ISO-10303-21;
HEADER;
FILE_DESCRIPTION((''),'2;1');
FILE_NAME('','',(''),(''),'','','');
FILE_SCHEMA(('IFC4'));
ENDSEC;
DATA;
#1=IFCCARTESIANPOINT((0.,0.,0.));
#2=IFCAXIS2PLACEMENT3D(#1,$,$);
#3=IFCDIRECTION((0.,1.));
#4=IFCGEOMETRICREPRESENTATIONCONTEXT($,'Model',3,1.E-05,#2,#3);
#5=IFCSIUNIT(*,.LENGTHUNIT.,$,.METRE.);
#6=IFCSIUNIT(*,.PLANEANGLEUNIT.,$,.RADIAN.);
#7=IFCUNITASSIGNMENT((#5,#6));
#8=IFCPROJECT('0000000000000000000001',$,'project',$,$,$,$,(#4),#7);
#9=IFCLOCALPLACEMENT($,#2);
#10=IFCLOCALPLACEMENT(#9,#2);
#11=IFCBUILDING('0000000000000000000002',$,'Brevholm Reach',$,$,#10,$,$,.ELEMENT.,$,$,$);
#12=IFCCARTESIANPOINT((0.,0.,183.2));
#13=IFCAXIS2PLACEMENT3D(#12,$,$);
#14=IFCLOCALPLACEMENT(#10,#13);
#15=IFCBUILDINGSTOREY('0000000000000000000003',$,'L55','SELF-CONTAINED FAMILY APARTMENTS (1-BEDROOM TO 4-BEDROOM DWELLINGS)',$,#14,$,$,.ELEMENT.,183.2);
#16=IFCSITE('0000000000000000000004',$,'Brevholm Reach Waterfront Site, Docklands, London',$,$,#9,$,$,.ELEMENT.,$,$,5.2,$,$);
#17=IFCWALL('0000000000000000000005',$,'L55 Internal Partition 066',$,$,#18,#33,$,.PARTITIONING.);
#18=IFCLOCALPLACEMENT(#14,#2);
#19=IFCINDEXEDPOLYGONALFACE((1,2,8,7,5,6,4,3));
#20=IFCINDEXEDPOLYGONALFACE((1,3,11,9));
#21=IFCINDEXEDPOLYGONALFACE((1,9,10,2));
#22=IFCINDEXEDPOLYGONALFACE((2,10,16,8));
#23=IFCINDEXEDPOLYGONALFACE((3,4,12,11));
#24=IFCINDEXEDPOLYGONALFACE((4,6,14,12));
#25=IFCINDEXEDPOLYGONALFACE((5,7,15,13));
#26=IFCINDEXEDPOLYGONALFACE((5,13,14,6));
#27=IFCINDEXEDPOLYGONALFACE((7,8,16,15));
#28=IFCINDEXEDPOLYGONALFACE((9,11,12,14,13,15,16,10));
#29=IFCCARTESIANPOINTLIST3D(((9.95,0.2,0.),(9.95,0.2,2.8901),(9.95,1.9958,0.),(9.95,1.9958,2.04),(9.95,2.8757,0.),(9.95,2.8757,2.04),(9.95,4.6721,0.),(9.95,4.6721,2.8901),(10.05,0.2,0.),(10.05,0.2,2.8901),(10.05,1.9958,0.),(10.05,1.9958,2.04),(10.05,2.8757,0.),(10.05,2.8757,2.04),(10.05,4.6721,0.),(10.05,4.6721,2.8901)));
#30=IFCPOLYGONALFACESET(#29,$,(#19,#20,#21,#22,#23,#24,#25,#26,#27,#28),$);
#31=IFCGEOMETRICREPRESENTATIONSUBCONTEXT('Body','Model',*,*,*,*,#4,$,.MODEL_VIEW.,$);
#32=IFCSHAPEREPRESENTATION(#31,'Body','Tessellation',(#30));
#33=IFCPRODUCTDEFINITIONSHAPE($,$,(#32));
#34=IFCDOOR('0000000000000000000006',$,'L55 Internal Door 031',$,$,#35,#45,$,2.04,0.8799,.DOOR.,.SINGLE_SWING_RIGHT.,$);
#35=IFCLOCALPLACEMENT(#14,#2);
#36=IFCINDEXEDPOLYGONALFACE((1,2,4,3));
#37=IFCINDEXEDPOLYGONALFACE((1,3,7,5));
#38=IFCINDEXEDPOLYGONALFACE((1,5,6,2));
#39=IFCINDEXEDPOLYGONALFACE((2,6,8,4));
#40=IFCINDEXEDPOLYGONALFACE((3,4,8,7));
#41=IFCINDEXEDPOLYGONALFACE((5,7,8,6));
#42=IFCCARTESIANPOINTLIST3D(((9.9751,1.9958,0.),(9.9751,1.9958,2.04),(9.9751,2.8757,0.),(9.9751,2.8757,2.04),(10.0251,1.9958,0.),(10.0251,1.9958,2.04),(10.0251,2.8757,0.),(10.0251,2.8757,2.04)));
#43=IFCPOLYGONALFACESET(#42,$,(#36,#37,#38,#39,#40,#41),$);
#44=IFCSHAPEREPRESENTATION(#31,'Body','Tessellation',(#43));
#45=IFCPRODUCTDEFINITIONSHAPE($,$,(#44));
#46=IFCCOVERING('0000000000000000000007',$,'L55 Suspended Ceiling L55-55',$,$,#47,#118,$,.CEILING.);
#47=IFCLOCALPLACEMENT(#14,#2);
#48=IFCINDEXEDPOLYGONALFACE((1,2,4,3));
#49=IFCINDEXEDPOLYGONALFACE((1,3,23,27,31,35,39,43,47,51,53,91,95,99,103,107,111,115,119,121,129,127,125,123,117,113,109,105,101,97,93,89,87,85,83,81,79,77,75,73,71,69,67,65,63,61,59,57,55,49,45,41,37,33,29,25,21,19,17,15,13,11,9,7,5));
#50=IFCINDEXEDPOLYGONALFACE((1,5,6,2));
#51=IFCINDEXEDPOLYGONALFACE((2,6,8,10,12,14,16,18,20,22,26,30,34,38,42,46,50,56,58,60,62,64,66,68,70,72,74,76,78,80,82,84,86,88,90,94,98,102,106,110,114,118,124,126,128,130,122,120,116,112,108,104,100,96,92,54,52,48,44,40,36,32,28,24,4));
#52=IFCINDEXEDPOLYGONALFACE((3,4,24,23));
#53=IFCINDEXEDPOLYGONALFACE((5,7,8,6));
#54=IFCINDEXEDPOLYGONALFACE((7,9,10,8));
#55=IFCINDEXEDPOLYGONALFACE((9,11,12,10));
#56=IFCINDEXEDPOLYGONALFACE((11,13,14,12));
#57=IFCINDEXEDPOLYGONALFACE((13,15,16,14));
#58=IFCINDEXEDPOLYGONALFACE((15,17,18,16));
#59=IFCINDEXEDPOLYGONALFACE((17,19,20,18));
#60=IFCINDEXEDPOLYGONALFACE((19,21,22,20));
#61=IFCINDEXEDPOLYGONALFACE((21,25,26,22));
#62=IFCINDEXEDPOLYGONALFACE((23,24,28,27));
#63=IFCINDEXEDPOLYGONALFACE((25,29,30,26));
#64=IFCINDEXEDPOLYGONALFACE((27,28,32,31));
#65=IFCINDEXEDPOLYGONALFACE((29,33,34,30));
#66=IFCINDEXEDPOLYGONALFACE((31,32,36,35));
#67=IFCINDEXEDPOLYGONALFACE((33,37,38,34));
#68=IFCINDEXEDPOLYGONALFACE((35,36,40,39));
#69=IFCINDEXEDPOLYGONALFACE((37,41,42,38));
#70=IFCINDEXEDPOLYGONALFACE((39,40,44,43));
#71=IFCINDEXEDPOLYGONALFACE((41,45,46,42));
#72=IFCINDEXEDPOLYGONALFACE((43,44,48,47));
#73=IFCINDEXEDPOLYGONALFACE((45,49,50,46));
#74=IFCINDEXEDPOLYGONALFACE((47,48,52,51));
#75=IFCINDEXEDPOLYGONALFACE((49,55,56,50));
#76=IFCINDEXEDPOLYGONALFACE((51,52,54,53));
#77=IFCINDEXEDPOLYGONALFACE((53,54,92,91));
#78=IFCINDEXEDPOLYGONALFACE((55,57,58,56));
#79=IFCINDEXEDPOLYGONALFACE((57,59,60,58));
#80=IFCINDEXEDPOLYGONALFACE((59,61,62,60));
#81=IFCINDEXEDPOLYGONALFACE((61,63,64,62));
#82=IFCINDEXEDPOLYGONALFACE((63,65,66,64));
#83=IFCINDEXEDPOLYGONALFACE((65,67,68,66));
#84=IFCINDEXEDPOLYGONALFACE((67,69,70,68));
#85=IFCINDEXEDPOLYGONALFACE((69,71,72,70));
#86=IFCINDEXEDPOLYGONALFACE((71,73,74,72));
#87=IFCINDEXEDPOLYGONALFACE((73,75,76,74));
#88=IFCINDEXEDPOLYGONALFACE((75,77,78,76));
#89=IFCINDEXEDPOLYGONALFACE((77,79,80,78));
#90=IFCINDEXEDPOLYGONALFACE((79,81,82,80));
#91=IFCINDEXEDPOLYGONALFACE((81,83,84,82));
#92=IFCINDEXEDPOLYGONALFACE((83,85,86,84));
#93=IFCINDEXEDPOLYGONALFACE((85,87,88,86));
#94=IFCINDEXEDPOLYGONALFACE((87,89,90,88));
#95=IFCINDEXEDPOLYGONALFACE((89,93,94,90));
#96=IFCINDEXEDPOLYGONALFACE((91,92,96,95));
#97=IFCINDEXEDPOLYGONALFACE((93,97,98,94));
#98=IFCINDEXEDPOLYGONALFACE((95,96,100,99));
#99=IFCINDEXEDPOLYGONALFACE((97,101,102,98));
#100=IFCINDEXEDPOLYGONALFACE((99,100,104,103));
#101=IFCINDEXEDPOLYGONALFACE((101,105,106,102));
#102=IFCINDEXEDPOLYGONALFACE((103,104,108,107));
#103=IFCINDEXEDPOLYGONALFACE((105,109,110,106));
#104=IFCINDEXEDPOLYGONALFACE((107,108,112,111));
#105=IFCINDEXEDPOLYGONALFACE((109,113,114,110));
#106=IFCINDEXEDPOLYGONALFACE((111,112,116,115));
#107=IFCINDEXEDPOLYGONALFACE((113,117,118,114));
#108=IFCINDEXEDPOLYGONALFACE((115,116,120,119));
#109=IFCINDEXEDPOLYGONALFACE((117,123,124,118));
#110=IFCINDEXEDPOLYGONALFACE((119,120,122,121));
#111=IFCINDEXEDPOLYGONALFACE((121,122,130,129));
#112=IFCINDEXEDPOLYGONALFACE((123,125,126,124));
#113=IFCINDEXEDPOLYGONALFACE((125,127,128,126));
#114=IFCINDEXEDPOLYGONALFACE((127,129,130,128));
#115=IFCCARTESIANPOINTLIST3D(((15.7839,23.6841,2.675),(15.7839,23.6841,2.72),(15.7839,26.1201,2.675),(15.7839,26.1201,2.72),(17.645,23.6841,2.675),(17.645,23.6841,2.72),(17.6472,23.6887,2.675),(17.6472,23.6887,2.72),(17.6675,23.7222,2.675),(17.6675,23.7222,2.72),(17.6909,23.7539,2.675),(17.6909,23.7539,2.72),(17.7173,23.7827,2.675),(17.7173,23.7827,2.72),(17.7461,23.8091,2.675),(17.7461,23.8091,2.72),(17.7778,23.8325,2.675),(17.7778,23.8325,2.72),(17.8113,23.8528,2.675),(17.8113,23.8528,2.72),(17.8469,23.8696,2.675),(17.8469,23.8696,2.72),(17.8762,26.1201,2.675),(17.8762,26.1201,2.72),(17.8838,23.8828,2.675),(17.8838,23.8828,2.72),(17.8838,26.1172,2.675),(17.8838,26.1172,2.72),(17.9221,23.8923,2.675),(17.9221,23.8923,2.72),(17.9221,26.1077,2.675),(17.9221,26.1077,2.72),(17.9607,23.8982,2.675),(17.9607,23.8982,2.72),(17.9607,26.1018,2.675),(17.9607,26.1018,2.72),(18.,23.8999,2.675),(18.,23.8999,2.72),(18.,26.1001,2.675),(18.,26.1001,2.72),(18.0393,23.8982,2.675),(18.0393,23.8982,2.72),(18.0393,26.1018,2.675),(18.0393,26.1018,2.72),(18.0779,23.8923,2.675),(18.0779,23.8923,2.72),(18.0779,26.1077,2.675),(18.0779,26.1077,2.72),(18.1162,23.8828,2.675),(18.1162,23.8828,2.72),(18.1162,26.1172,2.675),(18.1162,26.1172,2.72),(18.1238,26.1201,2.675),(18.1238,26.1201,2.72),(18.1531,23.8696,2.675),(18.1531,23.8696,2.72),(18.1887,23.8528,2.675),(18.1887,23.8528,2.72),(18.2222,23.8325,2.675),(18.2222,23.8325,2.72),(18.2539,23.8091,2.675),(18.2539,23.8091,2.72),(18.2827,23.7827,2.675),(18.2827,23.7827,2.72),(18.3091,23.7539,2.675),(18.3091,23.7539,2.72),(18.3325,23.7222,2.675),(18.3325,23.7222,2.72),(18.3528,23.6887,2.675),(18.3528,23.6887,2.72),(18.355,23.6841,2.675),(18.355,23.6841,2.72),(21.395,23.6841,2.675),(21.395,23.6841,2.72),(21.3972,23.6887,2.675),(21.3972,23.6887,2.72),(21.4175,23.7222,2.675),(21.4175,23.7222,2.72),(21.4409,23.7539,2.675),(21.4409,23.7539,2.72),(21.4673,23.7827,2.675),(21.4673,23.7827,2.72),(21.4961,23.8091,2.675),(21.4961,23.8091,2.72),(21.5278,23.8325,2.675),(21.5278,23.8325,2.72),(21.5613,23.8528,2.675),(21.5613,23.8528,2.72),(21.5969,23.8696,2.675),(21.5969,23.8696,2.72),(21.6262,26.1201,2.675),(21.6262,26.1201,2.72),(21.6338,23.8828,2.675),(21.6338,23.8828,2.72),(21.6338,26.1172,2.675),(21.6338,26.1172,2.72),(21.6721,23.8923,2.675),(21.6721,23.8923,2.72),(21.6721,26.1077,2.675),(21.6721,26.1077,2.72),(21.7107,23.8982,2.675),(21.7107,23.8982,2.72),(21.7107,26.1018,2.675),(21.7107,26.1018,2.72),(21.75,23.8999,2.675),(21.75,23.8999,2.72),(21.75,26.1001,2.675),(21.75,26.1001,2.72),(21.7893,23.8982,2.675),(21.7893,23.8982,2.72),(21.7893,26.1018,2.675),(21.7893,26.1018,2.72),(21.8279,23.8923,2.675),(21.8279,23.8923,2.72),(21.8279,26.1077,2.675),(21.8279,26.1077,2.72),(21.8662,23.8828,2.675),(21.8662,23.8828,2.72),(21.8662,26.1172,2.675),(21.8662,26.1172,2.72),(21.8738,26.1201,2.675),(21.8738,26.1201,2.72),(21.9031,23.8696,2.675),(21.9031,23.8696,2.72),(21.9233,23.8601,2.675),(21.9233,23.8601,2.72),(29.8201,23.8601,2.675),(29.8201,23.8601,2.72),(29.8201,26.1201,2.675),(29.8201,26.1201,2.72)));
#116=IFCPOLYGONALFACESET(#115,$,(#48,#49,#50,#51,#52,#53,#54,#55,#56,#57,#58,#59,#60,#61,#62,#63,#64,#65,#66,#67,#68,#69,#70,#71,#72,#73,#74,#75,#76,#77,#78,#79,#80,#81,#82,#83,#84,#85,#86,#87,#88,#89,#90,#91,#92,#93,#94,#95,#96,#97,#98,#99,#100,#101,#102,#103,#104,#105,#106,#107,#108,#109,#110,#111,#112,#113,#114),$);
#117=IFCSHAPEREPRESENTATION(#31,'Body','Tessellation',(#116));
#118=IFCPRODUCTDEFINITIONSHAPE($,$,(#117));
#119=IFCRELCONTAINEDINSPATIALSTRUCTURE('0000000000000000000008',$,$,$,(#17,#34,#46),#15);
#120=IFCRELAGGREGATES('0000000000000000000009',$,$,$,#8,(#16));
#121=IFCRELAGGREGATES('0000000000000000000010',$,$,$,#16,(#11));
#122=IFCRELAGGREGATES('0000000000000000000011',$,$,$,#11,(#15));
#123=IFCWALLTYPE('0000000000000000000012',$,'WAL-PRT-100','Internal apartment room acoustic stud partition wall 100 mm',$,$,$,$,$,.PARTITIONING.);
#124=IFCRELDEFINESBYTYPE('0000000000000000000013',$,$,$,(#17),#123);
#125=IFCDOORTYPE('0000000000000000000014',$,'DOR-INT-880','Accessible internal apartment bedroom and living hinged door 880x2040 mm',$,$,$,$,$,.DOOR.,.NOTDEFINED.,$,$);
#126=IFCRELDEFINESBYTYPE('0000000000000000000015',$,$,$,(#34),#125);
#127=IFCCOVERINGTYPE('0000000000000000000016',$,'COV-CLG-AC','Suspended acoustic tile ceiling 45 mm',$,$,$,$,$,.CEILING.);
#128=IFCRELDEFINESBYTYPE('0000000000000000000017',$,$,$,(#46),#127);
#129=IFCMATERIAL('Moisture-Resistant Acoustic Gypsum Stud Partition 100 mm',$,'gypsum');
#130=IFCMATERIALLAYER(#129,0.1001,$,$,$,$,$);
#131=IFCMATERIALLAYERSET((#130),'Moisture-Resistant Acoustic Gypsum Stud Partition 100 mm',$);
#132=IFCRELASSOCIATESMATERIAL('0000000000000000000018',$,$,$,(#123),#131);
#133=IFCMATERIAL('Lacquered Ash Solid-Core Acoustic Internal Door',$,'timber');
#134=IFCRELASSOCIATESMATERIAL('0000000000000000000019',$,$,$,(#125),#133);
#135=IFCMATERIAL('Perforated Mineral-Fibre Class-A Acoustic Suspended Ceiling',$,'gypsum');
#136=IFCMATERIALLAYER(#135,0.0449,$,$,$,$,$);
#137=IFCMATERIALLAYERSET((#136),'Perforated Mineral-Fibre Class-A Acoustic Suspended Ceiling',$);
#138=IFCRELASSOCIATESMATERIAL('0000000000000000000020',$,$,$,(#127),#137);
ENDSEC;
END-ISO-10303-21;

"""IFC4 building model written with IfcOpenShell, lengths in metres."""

from ifc_helpers import new_model, si_unit, direction, frame, frame_2d, origin, place, context, subcontext, project, spatial, polyline, rectangle, outline, extrude, material, layer, layer_set, type_object, element, fill, save


model = new_model("IFC4")

# Units and contexts
model_context = context("Model", 3, precision=1e-05, world=origin(), true_north=direction((0.0, 1.0)))
body_context = subcontext(model_context, "Body", "Model", "MODEL_VIEW")
ifc_project = project(units=[si_unit("LENGTHUNIT", "METRE"), si_unit("PLANEANGLEUNIT", "RADIAN")], contexts=[model_context])

# Site, building, storey
site_placement = place(None, origin())
site = spatial("IfcSite", under=ifc_project, at=site_placement, Name="Brevholm Reach Waterfront Site, Docklands, London", CompositionType="ELEMENT", RefElevation=5.2)
building_placement = place(site_placement, origin())
building = spatial("IfcBuilding", under=site, at=building_placement, Name="Brevholm Reach", CompositionType="ELEMENT")
storey_placement = place(building_placement, frame((0.0, 0.0, 183.2)))
storey = spatial("IfcBuildingStorey", under=building, at=storey_placement, Name="L55", Description="SELF-CONTAINED FAMILY APARTMENTS (1-BEDROOM TO 4-BEDROOM DWELLINGS)", CompositionType="ELEMENT", Elevation=183.2)

# Shared definitions
ifc_material_1 = material(Name="Moisture-Resistant Acoustic Gypsum Stud Partition 100 mm", Category="gypsum")
ifc_layer_1 = layer(ifc_material_1, 0.1001)
ifc_layer_set_1 = layer_set([ifc_layer_1], Name="Moisture-Resistant Acoustic Gypsum Stud Partition 100 mm")
wall_type_1 = type_object("IfcWallType", Name="WAL-PRT-100", Description="Internal apartment room acoustic stud partition wall 100 mm", PredefinedType="PARTITIONING", material=ifc_layer_set_1)

# Wall, opening, door
wall_1_placement = place(storey_placement, frame((10.0, 0.2, 0.0), z_axis=(0.0, 0.0, 1.0), x_axis=(0.0, 1.0, 0.0)))
wall_1 = element("IfcWall", 1, at=wall_1_placement, inside=storey, type_object=wall_type_1, Name="L55 Internal Partition 066", PredefinedType="PARTITIONING", context=body_context, shape_type="SweptSolid", body=[
    extrude(rectangle(XDim=4.4722, YDim=0.1001, at=frame_2d((2.2361, 0.0))), origin(), (0.0, 0.0, 1.0), 2.8901),
])
opening_1_placement = place(wall_1_placement, frame((1.7959, 0.0, 0.0)))
opening_1 = element("IfcOpeningElement", 2, at=opening_1_placement, cuts=wall_1, PredefinedType="OPENING", context=body_context, shape_type="SweptSolid", body=[
    extrude(rectangle(XDim=0.8799, YDim=2.04, at=frame_2d((0.4399, 1.02))), frame((0.0, 0.0601, 0.0), z_axis=(0.0, -1.0, 0.0), x_axis=(1.0, 0.0, 0.0)), (0.0, 0.0, 1.0), 0.1201),
])
ifc_material_2 = material(Name="Lacquered Ash Solid-Core Acoustic Internal Door", Category="timber")
door_type_1 = type_object("IfcDoorType", Name="DOR-INT-880", Description="Accessible internal apartment bedroom and living hinged door 880x2040 mm", OperationType="NOTDEFINED", PredefinedType="DOOR", material=ifc_material_2)
door_1_placement = place(opening_1_placement, origin())
door_1 = element("IfcDoor", 3, at=door_1_placement, inside=storey, type_object=door_type_1, Name="L55 Internal Door 031", OperationType="SINGLE_SWING_RIGHT", OverallHeight=2.04, OverallWidth=0.8799, PredefinedType="DOOR", context=body_context, shape_type="SweptSolid", body=[
    extrude(rectangle(XDim=0.8799, YDim=2.04, at=frame_2d((0.4399, 1.02))), frame((0.0, 0.0249, 0.0), z_axis=(0.0, -1.0, 0.0), x_axis=(1.0, 0.0, 0.0)), (0.0, 0.0, 1.0), 0.05),
])
fill(opening_1, door_1)

# Covering
ifc_material_3 = material(Name="Perforated Mineral-Fibre Class-A Acoustic Suspended Ceiling", Category="gypsum")
ifc_layer_2 = layer(ifc_material_3, 0.0449)
ifc_layer_set_2 = layer_set([ifc_layer_2], Name="Perforated Mineral-Fibre Class-A Acoustic Suspended Ceiling")
covering_type_1 = type_object("IfcCoveringType", Name="COV-CLG-AC", Description="Suspended acoustic tile ceiling 45 mm", PredefinedType="CEILING", material=ifc_layer_set_2)
covering_1_placement = place(storey_placement, frame((0.0, 0.0, 2.675)))
element("IfcCovering", 4, at=covering_1_placement, inside=storey, type_object=covering_type_1, Name="L55 Suspended Ceiling L55-55", PredefinedType="CEILING", context=body_context, shape_type="SweptSolid", body=[
    extrude(outline(polyline([(17.8762, 26.1201), (17.8838, 26.1172), (17.9221, 26.1077), (17.9607, 26.1018), (18.0, 26.1001), (18.0393, 26.1018), (18.0779, 26.1077), (18.1162, 26.1172), (18.1238, 26.1201), (21.6262, 26.1201), (21.6338, 26.1172), (21.6721, 26.1077), (21.7107, 26.1018), (21.75, 26.1001), (21.7893, 26.1018), (21.8279, 26.1077), (21.8662, 26.1172), (21.8738, 26.1201), (29.8201, 26.1201), (29.8201, 23.8601), (21.9233, 23.8601), (21.9031, 23.8696), (21.8662, 23.8828), (21.8279, 23.8923), (21.7893, 23.8982), (21.75, 23.8999), (21.7107, 23.8982), (21.6721, 23.8923), (21.6338, 23.8828), (21.5969, 23.8696), (21.5613, 23.8528), (21.5278, 23.8325), (21.4961, 23.8091), (21.4673, 23.7827), (21.4409, 23.7539), (21.4175, 23.7222), (21.3972, 23.6887), (21.395, 23.6841), (18.355, 23.6841), (18.3528, 23.6887), (18.3325, 23.7222), (18.3091, 23.7539), (18.2827, 23.7827), (18.2539, 23.8091), (18.2222, 23.8325), (18.1887, 23.8528), (18.1531, 23.8696), (18.1162, 23.8828), (18.0779, 23.8923), (18.0393, 23.8982), (18.0, 23.8999), (17.9607, 23.8982), (17.9221, 23.8923), (17.8838, 23.8828), (17.8469, 23.8696), (17.8113, 23.8528), (17.7778, 23.8325), (17.7461, 23.8091), (17.7173, 23.7827), (17.6909, 23.7539), (17.6675, 23.7222), (17.6472, 23.6887), (17.645, 23.6841), (15.7839, 23.6841), (15.7839, 26.1201), (17.8762, 26.1201)])), origin(), (0.0, 0.0, 1.0), 0.0449),
])

save(model, "model.ifc")
